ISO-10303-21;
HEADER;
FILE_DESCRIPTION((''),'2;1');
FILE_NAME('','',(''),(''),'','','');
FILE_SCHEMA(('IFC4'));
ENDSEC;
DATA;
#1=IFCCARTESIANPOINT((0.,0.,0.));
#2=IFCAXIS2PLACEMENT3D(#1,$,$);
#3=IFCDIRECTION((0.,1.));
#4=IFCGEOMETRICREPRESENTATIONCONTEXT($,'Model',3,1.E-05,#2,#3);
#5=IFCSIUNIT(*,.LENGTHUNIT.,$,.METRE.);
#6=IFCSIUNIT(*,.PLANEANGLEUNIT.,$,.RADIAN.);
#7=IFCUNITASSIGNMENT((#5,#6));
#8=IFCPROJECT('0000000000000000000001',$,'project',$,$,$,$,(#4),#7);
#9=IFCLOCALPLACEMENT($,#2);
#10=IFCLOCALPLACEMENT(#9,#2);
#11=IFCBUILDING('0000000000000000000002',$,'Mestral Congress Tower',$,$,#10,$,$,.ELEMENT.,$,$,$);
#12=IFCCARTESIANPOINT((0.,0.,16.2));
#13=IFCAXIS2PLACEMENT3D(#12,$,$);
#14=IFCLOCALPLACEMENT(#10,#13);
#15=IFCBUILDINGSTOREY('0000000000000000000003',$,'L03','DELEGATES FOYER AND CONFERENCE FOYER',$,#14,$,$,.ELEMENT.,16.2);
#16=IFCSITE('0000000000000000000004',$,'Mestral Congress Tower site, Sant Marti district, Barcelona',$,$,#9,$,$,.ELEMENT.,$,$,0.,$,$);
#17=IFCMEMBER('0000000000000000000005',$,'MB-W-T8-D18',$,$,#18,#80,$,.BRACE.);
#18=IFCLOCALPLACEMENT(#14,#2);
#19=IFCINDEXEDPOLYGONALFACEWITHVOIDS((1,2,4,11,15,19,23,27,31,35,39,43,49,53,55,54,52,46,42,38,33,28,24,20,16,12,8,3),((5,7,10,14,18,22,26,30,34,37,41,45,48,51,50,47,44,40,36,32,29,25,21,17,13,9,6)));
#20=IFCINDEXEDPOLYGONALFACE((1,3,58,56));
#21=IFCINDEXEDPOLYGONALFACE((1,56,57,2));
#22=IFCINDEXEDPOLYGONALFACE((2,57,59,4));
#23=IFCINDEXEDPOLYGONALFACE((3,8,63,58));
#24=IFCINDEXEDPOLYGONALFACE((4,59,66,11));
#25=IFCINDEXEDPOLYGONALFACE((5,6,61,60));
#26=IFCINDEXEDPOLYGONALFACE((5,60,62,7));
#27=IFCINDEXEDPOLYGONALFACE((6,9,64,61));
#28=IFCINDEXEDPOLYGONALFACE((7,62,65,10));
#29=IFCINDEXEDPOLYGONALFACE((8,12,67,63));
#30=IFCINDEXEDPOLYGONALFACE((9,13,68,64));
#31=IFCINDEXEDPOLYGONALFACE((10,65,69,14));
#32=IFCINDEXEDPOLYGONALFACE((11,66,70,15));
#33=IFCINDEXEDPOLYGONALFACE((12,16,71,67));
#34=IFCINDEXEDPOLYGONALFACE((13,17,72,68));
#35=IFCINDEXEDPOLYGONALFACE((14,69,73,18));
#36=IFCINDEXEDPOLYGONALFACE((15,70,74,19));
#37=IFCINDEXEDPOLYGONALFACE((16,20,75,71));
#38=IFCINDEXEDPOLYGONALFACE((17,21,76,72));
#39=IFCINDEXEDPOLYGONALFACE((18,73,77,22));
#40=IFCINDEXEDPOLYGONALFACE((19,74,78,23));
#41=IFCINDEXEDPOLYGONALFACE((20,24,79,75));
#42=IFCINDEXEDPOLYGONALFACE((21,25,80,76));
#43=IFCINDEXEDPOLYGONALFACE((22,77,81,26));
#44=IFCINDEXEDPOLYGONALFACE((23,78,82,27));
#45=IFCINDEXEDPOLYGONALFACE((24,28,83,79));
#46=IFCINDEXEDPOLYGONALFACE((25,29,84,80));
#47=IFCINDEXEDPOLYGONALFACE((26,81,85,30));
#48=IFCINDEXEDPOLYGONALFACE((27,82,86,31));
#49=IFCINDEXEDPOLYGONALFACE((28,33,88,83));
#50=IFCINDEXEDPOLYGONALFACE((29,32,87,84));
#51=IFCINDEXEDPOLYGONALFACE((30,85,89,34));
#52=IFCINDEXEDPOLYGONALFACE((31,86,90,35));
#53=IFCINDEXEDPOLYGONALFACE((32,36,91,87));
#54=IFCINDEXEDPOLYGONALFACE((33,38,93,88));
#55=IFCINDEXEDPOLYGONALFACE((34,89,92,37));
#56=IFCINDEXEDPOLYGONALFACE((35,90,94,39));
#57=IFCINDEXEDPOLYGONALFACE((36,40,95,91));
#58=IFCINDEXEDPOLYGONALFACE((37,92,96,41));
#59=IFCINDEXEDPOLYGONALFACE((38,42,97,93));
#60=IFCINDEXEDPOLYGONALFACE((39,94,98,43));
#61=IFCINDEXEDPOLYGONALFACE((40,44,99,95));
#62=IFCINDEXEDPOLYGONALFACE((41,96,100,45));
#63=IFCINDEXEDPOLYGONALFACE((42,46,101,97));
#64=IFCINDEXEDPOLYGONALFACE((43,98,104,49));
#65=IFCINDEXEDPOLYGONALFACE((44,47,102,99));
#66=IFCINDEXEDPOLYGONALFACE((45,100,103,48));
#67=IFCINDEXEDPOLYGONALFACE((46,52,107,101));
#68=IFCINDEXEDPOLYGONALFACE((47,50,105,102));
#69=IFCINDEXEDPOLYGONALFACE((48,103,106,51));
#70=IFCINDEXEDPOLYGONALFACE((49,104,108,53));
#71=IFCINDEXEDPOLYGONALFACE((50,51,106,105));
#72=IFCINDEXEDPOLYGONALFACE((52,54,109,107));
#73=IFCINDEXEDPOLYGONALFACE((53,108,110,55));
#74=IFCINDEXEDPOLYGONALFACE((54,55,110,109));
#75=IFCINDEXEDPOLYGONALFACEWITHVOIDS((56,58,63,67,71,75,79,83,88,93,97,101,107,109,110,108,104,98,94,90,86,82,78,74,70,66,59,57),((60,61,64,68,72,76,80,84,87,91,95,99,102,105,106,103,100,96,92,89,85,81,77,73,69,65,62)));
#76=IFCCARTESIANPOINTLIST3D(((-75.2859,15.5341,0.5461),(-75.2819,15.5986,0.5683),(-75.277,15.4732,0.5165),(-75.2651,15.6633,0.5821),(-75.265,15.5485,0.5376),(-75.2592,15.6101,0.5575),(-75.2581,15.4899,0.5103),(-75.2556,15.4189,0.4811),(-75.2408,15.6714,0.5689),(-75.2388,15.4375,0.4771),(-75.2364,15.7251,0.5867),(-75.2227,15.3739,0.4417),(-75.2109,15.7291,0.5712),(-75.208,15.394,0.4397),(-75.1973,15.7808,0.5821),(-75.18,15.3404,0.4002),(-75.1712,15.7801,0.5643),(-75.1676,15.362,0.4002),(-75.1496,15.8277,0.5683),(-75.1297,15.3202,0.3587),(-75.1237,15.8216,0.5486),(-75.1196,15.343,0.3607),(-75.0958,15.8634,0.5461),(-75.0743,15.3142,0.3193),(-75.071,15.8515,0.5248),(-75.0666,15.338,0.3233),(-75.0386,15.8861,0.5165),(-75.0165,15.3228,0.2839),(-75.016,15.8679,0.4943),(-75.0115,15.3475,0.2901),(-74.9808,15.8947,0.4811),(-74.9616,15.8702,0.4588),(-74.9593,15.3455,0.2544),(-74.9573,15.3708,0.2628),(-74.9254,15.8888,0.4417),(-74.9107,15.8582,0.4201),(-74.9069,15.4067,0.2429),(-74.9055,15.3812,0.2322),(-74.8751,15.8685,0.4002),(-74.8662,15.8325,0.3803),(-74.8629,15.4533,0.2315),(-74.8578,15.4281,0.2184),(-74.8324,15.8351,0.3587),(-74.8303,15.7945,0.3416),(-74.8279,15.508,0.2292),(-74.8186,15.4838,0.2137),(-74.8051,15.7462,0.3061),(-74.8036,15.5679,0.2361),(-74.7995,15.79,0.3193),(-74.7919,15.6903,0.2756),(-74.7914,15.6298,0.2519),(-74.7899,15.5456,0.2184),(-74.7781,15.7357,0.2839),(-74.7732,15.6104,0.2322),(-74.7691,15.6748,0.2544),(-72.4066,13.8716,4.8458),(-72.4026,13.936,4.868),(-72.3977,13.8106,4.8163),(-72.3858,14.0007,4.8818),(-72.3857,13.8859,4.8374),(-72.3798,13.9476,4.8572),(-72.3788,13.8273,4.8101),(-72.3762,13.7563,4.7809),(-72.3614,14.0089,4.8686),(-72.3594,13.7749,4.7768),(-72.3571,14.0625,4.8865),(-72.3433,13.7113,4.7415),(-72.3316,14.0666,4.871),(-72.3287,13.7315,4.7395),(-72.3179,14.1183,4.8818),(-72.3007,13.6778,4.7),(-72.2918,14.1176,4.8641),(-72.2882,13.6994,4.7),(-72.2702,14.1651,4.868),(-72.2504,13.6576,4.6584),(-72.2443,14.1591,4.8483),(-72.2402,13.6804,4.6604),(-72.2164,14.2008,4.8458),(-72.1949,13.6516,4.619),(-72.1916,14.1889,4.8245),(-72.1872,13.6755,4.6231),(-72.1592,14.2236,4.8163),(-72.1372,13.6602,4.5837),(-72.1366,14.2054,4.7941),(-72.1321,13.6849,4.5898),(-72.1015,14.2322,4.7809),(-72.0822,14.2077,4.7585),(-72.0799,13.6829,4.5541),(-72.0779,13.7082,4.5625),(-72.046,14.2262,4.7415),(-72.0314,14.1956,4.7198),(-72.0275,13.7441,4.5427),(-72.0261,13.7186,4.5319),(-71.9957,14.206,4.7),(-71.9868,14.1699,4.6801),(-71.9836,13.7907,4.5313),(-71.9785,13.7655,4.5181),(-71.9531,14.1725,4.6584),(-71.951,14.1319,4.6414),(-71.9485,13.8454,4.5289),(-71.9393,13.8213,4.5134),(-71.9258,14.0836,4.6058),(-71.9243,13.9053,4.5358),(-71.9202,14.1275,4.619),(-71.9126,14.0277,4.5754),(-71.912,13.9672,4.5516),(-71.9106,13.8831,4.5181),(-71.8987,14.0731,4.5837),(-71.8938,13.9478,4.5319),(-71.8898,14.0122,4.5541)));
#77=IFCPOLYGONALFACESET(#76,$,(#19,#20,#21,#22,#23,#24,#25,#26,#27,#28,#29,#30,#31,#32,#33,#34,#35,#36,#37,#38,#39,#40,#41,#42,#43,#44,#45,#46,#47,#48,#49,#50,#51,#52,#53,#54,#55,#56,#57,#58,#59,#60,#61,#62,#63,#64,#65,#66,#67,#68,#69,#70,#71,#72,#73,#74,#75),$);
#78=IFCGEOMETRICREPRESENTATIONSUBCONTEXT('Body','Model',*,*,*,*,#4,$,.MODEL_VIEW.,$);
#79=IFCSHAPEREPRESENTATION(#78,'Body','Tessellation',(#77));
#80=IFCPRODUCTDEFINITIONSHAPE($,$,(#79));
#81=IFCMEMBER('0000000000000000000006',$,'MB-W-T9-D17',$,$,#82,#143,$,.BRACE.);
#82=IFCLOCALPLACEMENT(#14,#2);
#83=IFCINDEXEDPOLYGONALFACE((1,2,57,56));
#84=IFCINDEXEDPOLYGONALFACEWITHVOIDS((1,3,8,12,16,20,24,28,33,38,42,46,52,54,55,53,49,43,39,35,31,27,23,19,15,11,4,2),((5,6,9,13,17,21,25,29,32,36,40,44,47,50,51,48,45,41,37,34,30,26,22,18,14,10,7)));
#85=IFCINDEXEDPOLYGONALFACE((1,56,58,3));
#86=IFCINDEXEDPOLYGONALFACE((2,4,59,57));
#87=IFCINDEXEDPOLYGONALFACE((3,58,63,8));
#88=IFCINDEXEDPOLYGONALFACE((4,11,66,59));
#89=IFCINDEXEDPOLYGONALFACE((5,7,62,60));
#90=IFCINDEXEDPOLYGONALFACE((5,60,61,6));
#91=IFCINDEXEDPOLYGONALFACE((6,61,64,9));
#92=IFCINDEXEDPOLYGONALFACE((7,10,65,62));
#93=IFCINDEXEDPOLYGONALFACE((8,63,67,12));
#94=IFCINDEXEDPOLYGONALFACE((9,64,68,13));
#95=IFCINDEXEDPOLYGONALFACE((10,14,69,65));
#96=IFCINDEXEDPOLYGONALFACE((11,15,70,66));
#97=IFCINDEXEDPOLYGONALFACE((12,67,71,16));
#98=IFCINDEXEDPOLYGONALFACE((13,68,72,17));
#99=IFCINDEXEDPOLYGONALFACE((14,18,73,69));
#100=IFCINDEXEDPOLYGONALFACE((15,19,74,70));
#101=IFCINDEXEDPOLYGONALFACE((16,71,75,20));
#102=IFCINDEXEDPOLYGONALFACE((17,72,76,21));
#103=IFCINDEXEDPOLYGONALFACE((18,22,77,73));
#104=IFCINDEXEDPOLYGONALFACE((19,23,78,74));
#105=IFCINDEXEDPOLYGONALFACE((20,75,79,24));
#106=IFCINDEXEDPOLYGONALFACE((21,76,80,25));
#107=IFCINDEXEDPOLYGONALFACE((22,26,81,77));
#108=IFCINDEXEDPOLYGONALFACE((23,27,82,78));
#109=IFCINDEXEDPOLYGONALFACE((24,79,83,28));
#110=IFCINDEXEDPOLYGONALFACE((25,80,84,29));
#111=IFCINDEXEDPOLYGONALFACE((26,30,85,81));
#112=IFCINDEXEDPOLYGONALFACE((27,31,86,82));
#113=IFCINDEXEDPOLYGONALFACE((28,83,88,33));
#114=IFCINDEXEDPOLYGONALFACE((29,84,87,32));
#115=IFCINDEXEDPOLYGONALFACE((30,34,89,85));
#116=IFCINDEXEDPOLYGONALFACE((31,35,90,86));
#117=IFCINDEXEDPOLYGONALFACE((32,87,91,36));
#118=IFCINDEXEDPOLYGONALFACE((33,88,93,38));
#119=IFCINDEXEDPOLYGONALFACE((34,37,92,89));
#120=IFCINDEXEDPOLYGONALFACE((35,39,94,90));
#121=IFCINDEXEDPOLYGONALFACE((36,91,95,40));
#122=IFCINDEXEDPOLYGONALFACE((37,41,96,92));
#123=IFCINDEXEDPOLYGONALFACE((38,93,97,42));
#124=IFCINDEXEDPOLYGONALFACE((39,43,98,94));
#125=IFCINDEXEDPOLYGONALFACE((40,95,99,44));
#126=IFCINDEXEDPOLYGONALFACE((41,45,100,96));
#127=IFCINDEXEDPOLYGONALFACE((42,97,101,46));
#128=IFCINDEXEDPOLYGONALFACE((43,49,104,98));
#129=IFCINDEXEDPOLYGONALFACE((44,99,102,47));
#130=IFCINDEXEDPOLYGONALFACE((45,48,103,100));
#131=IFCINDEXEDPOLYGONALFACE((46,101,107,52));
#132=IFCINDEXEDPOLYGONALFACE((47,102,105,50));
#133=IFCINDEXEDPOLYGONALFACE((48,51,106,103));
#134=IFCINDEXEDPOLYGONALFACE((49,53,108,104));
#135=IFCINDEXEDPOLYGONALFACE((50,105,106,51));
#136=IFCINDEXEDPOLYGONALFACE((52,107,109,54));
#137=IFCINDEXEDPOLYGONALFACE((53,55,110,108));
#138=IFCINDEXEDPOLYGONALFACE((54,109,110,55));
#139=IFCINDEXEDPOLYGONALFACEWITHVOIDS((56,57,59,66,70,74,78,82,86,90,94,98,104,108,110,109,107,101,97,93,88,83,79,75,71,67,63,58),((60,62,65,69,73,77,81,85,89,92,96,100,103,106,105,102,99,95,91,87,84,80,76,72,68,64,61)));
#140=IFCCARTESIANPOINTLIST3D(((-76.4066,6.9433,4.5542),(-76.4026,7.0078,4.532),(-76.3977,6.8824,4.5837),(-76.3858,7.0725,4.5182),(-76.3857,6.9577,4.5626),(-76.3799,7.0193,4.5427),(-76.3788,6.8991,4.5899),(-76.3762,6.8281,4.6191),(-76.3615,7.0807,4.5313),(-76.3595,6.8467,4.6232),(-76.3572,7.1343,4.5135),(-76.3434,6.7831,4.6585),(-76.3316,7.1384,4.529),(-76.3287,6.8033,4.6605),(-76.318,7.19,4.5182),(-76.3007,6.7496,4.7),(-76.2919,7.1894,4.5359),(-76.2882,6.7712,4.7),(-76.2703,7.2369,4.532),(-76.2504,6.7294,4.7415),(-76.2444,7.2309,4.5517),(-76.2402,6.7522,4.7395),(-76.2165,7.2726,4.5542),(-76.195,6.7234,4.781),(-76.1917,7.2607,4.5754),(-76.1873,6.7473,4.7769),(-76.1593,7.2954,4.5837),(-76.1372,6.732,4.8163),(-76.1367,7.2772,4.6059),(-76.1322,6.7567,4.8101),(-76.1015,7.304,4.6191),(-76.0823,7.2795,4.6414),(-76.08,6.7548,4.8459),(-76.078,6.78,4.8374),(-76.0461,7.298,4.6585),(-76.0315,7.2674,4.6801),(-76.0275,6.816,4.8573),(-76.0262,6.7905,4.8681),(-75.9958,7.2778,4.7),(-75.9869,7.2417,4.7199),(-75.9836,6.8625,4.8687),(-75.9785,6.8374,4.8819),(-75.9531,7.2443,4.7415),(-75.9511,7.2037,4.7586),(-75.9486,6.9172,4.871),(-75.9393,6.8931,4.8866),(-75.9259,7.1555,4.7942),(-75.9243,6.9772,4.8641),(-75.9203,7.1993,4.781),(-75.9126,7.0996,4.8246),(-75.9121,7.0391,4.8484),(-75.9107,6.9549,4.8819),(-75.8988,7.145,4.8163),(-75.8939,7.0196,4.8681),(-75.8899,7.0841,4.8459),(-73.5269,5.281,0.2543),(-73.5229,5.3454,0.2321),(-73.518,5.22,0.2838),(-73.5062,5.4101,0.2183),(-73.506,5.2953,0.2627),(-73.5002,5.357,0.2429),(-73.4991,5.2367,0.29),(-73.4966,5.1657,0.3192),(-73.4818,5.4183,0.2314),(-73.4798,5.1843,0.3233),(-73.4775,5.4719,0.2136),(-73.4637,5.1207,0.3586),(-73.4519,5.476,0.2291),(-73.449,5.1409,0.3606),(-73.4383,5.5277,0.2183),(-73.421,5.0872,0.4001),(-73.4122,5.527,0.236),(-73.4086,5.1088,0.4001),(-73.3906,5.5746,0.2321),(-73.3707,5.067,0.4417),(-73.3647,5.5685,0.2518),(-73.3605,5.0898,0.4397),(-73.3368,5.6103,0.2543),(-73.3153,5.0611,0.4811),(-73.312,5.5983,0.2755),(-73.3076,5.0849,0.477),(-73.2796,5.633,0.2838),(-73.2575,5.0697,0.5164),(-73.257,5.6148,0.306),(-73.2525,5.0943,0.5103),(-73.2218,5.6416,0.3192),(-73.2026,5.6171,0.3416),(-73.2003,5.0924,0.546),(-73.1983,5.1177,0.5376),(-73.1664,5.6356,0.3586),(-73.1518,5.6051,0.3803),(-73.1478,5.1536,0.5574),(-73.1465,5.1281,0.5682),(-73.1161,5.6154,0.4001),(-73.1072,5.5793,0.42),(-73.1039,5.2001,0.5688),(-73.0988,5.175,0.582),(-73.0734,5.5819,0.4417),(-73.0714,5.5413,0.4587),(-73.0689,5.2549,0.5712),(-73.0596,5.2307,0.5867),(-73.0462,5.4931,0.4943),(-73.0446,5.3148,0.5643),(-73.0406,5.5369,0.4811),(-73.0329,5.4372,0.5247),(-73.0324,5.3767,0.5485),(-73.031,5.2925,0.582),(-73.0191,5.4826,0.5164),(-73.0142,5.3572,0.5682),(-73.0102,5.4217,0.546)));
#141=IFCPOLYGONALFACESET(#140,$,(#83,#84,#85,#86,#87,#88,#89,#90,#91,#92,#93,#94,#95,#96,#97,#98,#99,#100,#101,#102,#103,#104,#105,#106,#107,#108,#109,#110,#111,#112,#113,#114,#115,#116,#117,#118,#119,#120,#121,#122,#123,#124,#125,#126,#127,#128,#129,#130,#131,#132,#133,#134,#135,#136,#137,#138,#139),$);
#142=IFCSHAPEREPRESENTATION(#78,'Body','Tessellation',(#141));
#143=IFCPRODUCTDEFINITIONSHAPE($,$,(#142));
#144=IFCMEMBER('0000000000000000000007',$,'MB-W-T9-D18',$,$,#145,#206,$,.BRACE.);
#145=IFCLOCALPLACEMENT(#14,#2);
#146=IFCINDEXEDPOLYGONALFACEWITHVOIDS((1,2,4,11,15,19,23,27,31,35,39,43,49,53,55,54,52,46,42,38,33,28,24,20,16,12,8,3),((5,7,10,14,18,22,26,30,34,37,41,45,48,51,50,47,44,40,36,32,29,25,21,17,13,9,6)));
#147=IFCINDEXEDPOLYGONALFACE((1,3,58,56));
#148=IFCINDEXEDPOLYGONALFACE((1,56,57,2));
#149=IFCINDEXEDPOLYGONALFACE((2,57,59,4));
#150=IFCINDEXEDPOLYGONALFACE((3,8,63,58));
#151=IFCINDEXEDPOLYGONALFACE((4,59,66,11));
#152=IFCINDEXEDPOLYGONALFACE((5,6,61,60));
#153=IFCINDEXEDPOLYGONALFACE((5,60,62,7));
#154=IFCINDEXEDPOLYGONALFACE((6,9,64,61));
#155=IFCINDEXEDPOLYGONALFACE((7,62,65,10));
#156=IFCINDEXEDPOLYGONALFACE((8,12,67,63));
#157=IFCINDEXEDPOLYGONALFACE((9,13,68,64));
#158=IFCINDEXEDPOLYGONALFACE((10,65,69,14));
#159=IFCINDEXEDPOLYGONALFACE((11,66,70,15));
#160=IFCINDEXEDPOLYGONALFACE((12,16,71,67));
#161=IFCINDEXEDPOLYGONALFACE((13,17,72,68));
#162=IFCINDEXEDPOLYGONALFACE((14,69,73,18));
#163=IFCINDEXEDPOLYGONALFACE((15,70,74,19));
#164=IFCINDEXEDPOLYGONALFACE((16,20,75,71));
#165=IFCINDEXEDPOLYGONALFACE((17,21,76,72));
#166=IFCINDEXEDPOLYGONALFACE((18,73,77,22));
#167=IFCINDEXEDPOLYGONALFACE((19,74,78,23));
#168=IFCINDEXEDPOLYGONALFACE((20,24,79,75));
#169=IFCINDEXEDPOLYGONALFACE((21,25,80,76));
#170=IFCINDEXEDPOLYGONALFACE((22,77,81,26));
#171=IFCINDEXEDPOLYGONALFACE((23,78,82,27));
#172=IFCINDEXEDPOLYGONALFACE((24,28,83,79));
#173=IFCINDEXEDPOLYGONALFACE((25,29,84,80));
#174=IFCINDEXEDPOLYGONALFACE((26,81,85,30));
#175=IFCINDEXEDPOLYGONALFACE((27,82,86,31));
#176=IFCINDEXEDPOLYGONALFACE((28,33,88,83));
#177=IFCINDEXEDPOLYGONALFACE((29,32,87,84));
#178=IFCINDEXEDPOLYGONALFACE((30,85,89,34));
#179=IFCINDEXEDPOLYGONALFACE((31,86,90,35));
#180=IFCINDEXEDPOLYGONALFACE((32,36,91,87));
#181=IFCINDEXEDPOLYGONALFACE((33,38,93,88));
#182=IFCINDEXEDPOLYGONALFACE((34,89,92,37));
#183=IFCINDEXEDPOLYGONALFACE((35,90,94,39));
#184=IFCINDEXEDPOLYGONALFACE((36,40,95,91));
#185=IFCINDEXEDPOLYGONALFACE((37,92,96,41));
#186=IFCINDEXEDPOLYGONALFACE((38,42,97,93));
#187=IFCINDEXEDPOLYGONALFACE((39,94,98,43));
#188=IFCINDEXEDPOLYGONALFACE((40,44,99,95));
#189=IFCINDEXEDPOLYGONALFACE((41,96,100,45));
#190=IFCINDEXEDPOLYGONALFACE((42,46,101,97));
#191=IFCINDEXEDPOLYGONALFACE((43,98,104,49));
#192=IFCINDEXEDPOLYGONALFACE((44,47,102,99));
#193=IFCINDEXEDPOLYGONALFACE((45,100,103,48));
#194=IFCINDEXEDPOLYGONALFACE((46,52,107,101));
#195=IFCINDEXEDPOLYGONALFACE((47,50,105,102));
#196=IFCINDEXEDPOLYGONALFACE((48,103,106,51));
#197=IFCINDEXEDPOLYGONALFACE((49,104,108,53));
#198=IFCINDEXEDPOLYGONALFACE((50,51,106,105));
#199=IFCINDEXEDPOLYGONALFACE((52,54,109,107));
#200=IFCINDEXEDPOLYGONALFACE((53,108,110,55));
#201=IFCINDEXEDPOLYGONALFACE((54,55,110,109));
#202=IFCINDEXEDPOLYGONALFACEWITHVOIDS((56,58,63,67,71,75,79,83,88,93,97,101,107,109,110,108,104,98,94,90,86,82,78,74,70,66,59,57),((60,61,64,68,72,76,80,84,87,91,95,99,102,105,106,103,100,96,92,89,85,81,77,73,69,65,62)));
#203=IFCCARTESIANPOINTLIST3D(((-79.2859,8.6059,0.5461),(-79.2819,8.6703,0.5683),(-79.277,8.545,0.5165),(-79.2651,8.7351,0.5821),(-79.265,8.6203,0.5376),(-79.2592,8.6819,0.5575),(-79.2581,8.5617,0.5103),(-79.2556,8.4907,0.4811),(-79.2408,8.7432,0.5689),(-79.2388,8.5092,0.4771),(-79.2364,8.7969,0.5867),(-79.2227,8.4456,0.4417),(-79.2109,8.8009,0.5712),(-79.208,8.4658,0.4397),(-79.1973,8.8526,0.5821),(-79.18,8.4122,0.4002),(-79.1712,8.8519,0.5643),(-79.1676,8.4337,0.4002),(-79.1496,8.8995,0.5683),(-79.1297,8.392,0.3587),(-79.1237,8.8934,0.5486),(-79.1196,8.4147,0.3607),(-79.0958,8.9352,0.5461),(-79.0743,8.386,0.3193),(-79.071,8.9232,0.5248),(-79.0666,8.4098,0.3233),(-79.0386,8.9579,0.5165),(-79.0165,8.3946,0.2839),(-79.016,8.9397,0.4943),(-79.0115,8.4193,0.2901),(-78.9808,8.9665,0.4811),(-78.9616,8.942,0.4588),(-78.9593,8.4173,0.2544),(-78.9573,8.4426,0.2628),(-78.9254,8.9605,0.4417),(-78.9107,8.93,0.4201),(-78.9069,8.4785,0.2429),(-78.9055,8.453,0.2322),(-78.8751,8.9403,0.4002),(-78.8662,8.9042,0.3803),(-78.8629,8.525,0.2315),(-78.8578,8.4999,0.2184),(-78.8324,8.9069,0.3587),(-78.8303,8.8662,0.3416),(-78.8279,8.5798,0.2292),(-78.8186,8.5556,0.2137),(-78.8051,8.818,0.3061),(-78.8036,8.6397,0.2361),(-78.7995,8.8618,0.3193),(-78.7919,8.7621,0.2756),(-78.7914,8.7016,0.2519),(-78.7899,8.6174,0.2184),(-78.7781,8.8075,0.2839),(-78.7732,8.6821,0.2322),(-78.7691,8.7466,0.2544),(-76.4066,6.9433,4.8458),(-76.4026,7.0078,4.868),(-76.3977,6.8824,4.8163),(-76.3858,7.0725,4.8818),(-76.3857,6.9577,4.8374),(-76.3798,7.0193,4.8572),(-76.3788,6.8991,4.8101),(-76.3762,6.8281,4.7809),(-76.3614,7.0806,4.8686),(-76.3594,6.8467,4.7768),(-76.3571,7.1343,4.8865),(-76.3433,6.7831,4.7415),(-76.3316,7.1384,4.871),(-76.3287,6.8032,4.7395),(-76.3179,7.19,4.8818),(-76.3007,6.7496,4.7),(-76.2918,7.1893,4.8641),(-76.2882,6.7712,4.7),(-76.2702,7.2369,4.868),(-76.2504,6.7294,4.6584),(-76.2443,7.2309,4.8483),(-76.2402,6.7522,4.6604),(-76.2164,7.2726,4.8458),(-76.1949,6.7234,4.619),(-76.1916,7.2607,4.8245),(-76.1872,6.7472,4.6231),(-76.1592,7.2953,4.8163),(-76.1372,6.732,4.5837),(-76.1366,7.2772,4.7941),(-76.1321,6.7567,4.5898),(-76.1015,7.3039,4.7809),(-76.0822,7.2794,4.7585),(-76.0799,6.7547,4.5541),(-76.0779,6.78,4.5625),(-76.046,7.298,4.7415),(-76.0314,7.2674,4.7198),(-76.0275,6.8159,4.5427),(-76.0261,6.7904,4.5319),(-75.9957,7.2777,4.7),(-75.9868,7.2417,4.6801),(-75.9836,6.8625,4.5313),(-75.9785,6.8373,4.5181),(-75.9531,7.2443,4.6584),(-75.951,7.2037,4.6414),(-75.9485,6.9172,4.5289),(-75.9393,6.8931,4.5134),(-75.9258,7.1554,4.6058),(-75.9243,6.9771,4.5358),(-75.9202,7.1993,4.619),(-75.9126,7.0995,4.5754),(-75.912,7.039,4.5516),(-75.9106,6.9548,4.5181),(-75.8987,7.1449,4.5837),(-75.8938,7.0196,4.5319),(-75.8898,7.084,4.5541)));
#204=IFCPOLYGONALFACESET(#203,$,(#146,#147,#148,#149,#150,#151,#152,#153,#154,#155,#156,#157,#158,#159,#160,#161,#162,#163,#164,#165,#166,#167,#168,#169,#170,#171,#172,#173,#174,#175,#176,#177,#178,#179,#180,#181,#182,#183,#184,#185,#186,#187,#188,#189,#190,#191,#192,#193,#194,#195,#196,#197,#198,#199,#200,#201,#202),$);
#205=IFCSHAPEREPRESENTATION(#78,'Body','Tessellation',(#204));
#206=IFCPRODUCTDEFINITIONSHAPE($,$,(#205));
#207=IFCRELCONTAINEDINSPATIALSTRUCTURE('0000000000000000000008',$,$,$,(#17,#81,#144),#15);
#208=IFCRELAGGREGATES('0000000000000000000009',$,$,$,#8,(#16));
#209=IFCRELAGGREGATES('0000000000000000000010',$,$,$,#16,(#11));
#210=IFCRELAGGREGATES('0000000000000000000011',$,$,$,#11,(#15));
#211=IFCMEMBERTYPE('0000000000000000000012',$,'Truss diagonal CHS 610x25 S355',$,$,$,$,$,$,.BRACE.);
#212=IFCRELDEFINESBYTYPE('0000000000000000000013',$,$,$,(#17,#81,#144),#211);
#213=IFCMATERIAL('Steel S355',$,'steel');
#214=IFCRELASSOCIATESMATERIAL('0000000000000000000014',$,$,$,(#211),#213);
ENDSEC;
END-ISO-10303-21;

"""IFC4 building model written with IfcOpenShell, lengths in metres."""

from ifc_helpers import new_model, si_unit, direction, frame, origin, origin_2d, place, context, subcontext, project, spatial, hollow_circle, extrude, material, material_profile, profile_set, type_object, element, save


model = new_model("IFC4")

# Units and contexts
model_context = context("Model", 3, precision=1e-05, world=origin(), true_north=direction((0.0, 1.0)))
body_context = subcontext(model_context, "Body", "Model", "MODEL_VIEW")
ifc_project = project(units=[si_unit("LENGTHUNIT", "METRE"), si_unit("PLANEANGLEUNIT", "RADIAN")], contexts=[model_context])

# Site, building, storey
site_placement = place(None, origin())
site = spatial("IfcSite", under=ifc_project, at=site_placement, Name="Mestral Congress Tower site, Sant Marti district, Barcelona", CompositionType="ELEMENT", RefElevation=0.0)
building_placement = place(site_placement, origin())
building = spatial("IfcBuilding", under=site, at=building_placement, Name="Mestral Congress Tower", CompositionType="ELEMENT")
storey_placement = place(building_placement, frame((0.0, 0.0, 16.2)))
storey = spatial("IfcBuildingStorey", under=building, at=storey_placement, Name="L03", Description="DELEGATES FOYER AND CONFERENCE FOYER", CompositionType="ELEMENT", Elevation=16.2)

# Shared definitions
ifc_material_1 = material(Name="Steel S355", Category="steel")

# Members
ifc_material_profile_1 = material_profile(ifc_material_1, hollow_circle(Radius=0.3049, WallThickness=0.0249, at=origin_2d()), Name="CHS 610x25")
ifc_profile_set_1 = profile_set([ifc_material_profile_1], Name="Steel S355")
member_type_1 = type_object("IfcMemberType", Name="Truss diagonal CHS 610x25 S355", PredefinedType="BRACE", material=ifc_profile_set_1)
member_1_placement = place(storey_placement, frame((-72.1482, 13.9419, 4.7), z_axis=(-0.529749, 0.305884, -0.791076), x_axis=(-0.50004, -0.866002, 0.0)))
element("IfcMember", 1, at=member_1_placement, inside=storey, type_object=member_type_1, Name="MB-W-T8-D18", PredefinedType="BRACE", context=body_context, shape_type="SweptSolid", body=[
    extrude(hollow_circle(Radius=0.3049, WallThickness=0.0249, at=origin_2d()), origin(), (0.0, 0.0, 1.0), 5.4353),
])
member_2_placement = place(storey_placement, frame((-73.2686, 5.3513, 0.4001), z_axis=(-0.529789, 0.305836, 0.791068), x_axis=(-0.499953, -0.866052, 0.0)))
element("IfcMember", 2, at=member_2_placement, inside=storey, type_object=member_type_1, Name="MB-W-T9-D17", PredefinedType="BRACE", context=body_context, shape_type="SweptSolid", body=[
    extrude(hollow_circle(Radius=0.3049, WallThickness=0.0249, at=origin_2d()), origin(), (0.0, 0.0, 1.0), 5.4355),
])
member_3_placement = place(storey_placement, frame((-76.1482, 7.0137, 4.7), z_axis=(-0.529749, 0.305884, -0.791076), x_axis=(-0.50004, -0.866002, 0.0)))
element("IfcMember", 3, at=member_3_placement, inside=storey, type_object=member_type_1, Name="MB-W-T9-D18", PredefinedType="BRACE", context=body_context, shape_type="SweptSolid", body=[
    extrude(hollow_circle(Radius=0.3049, WallThickness=0.0249, at=origin_2d()), origin(), (0.0, 0.0, 1.0), 5.4353),
])

save(model, "model.ifc")
